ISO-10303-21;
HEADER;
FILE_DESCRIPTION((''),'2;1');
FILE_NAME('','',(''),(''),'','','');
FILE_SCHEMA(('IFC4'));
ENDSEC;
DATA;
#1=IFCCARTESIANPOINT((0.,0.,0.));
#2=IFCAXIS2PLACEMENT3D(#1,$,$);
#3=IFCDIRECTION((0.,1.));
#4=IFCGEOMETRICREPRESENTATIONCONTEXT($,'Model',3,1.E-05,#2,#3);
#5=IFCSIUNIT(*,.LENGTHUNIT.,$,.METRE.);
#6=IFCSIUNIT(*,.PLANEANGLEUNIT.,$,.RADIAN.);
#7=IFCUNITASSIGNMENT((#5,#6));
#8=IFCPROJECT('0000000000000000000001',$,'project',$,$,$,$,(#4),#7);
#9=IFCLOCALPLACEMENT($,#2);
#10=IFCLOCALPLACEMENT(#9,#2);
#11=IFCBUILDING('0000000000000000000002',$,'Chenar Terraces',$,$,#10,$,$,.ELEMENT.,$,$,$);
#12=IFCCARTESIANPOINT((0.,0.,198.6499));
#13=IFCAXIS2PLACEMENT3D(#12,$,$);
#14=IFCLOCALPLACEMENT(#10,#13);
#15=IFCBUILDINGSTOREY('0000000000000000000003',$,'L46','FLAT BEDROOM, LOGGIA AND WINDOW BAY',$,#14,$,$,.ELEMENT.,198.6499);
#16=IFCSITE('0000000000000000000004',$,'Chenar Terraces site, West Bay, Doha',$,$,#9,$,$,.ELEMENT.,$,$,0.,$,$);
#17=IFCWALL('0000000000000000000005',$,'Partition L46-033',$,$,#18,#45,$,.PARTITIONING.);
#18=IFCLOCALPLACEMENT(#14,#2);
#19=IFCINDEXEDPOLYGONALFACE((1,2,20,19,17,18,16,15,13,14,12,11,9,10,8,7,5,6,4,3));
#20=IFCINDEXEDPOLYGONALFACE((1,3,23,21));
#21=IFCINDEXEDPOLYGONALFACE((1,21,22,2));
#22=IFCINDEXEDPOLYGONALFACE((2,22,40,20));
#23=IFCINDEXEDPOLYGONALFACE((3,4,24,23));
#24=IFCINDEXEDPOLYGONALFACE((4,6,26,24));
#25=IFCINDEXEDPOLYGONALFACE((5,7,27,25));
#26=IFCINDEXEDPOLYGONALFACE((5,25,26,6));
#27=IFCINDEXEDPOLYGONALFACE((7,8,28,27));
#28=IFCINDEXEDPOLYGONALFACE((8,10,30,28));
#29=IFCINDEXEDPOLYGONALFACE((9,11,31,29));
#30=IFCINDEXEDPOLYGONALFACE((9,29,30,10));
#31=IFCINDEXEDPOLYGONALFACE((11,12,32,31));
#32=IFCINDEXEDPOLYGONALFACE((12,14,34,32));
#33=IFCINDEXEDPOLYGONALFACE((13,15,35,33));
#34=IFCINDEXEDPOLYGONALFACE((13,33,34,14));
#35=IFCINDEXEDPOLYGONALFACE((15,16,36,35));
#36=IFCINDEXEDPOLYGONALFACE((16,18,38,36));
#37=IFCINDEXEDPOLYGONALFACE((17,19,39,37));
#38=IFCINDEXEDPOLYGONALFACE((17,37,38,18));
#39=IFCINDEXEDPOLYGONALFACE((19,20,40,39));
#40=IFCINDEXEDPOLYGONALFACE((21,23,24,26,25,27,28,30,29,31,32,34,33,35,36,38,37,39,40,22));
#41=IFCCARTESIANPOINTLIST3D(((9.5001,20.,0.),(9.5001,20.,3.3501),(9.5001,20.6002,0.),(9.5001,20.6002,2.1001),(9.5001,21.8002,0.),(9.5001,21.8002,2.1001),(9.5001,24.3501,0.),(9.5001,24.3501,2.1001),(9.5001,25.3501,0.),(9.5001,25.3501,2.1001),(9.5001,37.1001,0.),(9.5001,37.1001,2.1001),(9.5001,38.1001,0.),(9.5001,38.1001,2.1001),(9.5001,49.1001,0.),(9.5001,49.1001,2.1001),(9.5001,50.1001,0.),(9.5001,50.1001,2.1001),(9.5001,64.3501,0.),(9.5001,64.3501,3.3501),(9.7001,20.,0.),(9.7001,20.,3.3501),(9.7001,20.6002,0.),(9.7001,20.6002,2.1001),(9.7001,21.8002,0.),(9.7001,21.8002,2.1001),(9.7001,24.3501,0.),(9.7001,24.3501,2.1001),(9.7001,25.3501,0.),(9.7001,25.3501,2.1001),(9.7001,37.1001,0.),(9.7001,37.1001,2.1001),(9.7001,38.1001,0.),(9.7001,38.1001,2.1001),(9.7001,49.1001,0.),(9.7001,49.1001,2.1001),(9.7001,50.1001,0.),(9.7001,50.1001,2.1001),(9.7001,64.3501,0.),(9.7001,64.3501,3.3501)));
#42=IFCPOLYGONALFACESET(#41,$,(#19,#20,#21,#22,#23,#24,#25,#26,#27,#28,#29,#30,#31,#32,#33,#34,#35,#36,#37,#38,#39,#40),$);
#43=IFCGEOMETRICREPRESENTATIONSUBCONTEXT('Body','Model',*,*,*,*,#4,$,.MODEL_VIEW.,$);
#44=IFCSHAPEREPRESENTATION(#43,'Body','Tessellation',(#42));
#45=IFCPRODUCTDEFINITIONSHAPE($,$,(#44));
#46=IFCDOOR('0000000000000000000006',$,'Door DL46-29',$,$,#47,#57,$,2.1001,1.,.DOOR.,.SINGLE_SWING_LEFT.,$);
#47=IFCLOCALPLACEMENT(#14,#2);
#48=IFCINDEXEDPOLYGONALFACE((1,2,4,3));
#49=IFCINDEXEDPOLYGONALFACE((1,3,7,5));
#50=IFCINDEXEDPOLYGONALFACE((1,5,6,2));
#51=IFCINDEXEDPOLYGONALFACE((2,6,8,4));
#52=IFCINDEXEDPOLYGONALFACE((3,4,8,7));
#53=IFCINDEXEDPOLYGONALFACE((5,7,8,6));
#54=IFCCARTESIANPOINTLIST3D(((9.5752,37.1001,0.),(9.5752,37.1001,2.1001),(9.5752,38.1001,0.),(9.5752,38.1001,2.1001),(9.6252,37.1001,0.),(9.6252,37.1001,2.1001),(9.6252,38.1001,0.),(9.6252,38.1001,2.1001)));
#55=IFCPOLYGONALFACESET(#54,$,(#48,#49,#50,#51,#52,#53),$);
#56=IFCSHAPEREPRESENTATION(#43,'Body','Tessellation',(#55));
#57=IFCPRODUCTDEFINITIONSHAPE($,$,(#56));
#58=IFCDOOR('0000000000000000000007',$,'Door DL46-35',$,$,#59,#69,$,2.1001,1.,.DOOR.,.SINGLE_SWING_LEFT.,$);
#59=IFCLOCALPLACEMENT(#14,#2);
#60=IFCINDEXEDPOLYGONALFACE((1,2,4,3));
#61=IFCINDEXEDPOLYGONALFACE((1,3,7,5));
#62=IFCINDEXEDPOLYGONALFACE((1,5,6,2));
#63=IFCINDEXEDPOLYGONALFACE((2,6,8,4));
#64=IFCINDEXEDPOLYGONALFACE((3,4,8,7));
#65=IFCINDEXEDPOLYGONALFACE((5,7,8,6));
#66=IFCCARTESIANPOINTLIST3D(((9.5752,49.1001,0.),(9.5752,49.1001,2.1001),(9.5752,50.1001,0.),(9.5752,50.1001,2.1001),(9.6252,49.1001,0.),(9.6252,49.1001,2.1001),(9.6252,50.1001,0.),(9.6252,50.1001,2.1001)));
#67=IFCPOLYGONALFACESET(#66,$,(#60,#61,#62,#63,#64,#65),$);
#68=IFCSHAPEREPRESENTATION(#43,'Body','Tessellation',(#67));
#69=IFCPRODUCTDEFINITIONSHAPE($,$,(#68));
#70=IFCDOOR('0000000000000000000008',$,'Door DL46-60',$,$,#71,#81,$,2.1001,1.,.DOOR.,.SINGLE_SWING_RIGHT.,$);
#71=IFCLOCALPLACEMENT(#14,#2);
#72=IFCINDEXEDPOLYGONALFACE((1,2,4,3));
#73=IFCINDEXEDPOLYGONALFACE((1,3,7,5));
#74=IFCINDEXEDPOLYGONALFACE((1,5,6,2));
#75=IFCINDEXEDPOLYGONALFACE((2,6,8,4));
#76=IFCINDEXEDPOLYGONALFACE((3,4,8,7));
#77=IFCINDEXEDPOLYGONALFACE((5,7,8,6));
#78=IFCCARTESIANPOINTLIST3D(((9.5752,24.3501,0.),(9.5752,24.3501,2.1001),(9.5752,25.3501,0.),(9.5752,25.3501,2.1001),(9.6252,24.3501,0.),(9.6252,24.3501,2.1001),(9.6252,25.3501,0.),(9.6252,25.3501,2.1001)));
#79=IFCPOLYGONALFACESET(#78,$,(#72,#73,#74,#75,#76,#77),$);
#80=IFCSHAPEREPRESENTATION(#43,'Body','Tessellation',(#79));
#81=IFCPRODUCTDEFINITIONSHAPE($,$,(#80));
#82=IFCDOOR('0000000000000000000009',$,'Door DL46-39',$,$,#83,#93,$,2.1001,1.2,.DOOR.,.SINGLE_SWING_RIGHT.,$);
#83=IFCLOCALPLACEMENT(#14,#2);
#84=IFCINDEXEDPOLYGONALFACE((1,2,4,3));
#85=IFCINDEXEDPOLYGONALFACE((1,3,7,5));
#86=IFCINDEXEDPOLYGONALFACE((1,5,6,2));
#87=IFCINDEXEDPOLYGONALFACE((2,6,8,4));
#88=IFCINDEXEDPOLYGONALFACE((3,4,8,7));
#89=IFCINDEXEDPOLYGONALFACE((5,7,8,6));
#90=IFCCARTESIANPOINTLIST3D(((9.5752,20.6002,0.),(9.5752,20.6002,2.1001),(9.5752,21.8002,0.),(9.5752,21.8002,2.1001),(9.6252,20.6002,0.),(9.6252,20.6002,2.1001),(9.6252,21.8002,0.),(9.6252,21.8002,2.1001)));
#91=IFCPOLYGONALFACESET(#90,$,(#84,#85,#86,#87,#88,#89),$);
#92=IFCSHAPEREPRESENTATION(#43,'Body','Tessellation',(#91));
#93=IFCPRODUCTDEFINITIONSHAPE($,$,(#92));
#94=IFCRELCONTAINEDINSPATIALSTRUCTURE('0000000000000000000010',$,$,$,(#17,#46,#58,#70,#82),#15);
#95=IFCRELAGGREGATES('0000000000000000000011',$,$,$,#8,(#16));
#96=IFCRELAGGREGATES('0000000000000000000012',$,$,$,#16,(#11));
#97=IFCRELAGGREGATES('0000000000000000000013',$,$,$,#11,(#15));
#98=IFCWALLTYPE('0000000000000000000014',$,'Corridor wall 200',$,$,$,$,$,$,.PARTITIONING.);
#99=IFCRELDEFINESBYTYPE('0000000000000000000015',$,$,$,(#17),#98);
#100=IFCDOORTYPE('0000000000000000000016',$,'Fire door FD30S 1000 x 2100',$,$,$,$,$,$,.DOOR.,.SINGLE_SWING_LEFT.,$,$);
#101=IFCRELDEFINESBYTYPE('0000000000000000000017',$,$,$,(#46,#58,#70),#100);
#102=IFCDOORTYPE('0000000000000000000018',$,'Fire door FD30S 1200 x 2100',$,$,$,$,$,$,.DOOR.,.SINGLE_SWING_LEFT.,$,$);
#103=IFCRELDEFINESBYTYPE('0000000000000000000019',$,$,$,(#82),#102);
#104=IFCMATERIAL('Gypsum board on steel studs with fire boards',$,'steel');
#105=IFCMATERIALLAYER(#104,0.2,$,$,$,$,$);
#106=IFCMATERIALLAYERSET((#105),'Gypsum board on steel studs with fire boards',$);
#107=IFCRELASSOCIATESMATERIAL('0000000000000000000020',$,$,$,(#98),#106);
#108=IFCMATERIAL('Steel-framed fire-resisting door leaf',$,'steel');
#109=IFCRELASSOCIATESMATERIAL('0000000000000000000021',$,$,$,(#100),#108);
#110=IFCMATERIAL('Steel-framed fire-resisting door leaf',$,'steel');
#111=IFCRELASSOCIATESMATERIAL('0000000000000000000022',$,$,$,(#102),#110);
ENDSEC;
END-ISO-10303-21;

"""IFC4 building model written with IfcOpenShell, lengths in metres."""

from ifc_helpers import new_model, si_unit, direction, frame, frame_2d, origin, place, context, subcontext, project, spatial, rectangle, extrude, material, layer, layer_set, type_object, element, fill, save


model = new_model("IFC4")

# Units and contexts
model_context = context("Model", 3, precision=1e-05, world=origin(), true_north=direction((0.0, 1.0)))
body_context = subcontext(model_context, "Body", "Model", "MODEL_VIEW")
ifc_project = project(units=[si_unit("LENGTHUNIT", "METRE"), si_unit("PLANEANGLEUNIT", "RADIAN")], contexts=[model_context])

# Site, building, storey
site_placement = place(None, origin())
site = spatial("IfcSite", under=ifc_project, at=site_placement, Name="Chenar Terraces site, West Bay, Doha", CompositionType="ELEMENT", RefElevation=0.0)
building_placement = place(site_placement, origin())
building = spatial("IfcBuilding", under=site, at=building_placement, Name="Chenar Terraces", CompositionType="ELEMENT")
storey_placement = place(building_placement, frame((0.0, 0.0, 198.6499)))
storey = spatial("IfcBuildingStorey", under=building, at=storey_placement, Name="L46", Description="FLAT BEDROOM, LOGGIA AND WINDOW BAY", CompositionType="ELEMENT", Elevation=198.6499)

# Wall, openings, doors
ifc_material_1 = material(Name="Gypsum board on steel studs with fire boards", Category="steel")
ifc_layer_1 = layer(ifc_material_1, 0.2)
ifc_layer_set_1 = layer_set([ifc_layer_1], Name="Gypsum board on steel studs with fire boards")
wall_type_1 = type_object("IfcWallType", Name="Corridor wall 200", PredefinedType="PARTITIONING", material=ifc_layer_set_1)
wall_1_placement = place(storey_placement, frame((9.6001, 20.0, 0.0), z_axis=(0.0, 0.0, 1.0), x_axis=(0.0, 1.0, 0.0)))
wall_1 = element("IfcWall", 1, at=wall_1_placement, inside=storey, type_object=wall_type_1, Name="Partition L46-033", PredefinedType="PARTITIONING", context=body_context, shape_type="SweptSolid", body=[
    extrude(rectangle(XDim=44.3501, YDim=0.2, at=frame_2d((22.175, 0.0))), origin(), (0.0, 0.0, 1.0), 3.3501),
])
opening_1_placement = place(wall_1_placement, frame((17.1001, 0.0, 0.0)))
opening_1 = element("IfcOpeningElement", 2, at=opening_1_placement, cuts=wall_1, PredefinedType="OPENING", context=body_context, shape_type="SweptSolid", body=[
    extrude(rectangle(XDim=1.0, YDim=2.1001, at=frame_2d((0.5, 1.05))), frame((0.0, 0.1099, 0.0), z_axis=(0.0, -1.0, 0.0), x_axis=(1.0, 0.0, 0.0)), (0.0, 0.0, 1.0), 0.22),
])
opening_2_placement = place(wall_1_placement, frame((29.1001, 0.0, 0.0)))
opening_2 = element("IfcOpeningElement", 3, at=opening_2_placement, cuts=wall_1, PredefinedType="OPENING", context=body_context, shape_type="SweptSolid", body=[
    extrude(rectangle(XDim=1.0, YDim=2.1001, at=frame_2d((0.5, 1.05))), frame((0.0, 0.1099, 0.0), z_axis=(0.0, -1.0, 0.0), x_axis=(1.0, 0.0, 0.0)), (0.0, 0.0, 1.0), 0.22),
])
opening_3_placement = place(wall_1_placement, frame((0.6001, 0.0, 0.0)))
opening_3 = element("IfcOpeningElement", 4, at=opening_3_placement, cuts=wall_1, PredefinedType="OPENING", context=body_context, shape_type="SweptSolid", body=[
    extrude(rectangle(XDim=1.2, YDim=2.1001, at=frame_2d((0.6001, 1.05))), frame((0.0, 0.1099, 0.0), z_axis=(0.0, -1.0, 0.0), x_axis=(1.0, 0.0, 0.0)), (0.0, 0.0, 1.0), 0.22),
])
opening_4_placement = place(wall_1_placement, frame((4.3501, 0.0, 0.0)))
opening_4 = element("IfcOpeningElement", 5, at=opening_4_placement, cuts=wall_1, PredefinedType="OPENING", context=body_context, shape_type="SweptSolid", body=[
    extrude(rectangle(XDim=1.0, YDim=2.1001, at=frame_2d((0.5, 1.05))), frame((0.0, 0.1099, 0.0), z_axis=(0.0, -1.0, 0.0), x_axis=(1.0, 0.0, 0.0)), (0.0, 0.0, 1.0), 0.22),
])
ifc_material_2 = material(Name="Steel-framed fire-resisting door leaf", Category="steel")
door_type_1 = type_object("IfcDoorType", Name="Fire door FD30S 1000 x 2100", OperationType="SINGLE_SWING_LEFT", PredefinedType="DOOR", material=ifc_material_2)
door_1_placement = place(opening_1_placement, origin())
door_1 = element("IfcDoor", 6, at=door_1_placement, inside=storey, type_object=door_type_1, Name="Door DL46-29", OperationType="SINGLE_SWING_LEFT", OverallHeight=2.1001, OverallWidth=1.0, PredefinedType="DOOR", context=body_context, shape_type="SweptSolid", body=[
    extrude(rectangle(XDim=1.0, YDim=2.1001, at=frame_2d((0.5, 1.05))), frame((0.0, 0.0249, 0.0), z_axis=(0.0, -1.0, 0.0), x_axis=(1.0, 0.0, 0.0)), (0.0, 0.0, 1.0), 0.05),
])
fill(opening_1, door_1)
door_2_placement = place(opening_2_placement, origin())
door_2 = element("IfcDoor", 7, at=door_2_placement, inside=storey, type_object=door_type_1, Name="Door DL46-35", OperationType="SINGLE_SWING_LEFT", OverallHeight=2.1001, OverallWidth=1.0, PredefinedType="DOOR", context=body_context, shape_type="SweptSolid", body=[
    extrude(rectangle(XDim=1.0, YDim=2.1001, at=frame_2d((0.5, 1.05))), frame((0.0, 0.0249, 0.0), z_axis=(0.0, -1.0, 0.0), x_axis=(1.0, 0.0, 0.0)), (0.0, 0.0, 1.0), 0.05),
])
fill(opening_2, door_2)
door_3_placement = place(opening_4_placement, origin())
door_3 = element("IfcDoor", 8, at=door_3_placement, inside=storey, type_object=door_type_1, Name="Door DL46-60", OperationType="SINGLE_SWING_RIGHT", OverallHeight=2.1001, OverallWidth=1.0, PredefinedType="DOOR", context=body_context, shape_type="SweptSolid", body=[
    extrude(rectangle(XDim=1.0, YDim=2.1001, at=frame_2d((0.5, 1.05))), frame((0.0, 0.0249, 0.0), z_axis=(0.0, -1.0, 0.0), x_axis=(1.0, 0.0, 0.0)), (0.0, 0.0, 1.0), 0.05),
])
fill(opening_4, door_3)
ifc_material_3 = material(Name="Steel-framed fire-resisting door leaf", Category="steel")
door_type_2 = type_object("IfcDoorType", Name="Fire door FD30S 1200 x 2100", OperationType="SINGLE_SWING_LEFT", PredefinedType="DOOR", material=ifc_material_3)
door_4_placement = place(opening_3_placement, origin())
door_4 = element("IfcDoor", 9, at=door_4_placement, inside=storey, type_object=door_type_2, Name="Door DL46-39", OperationType="SINGLE_SWING_RIGHT", OverallHeight=2.1001, OverallWidth=1.2, PredefinedType="DOOR", context=body_context, shape_type="SweptSolid", body=[
    extrude(rectangle(XDim=1.2, YDim=2.1001, at=frame_2d((0.6001, 1.05))), frame((0.0, 0.0249, 0.0), z_axis=(0.0, -1.0, 0.0), x_axis=(1.0, 0.0, 0.0)), (0.0, 0.0, 1.0), 0.05),
])
fill(opening_3, door_4)

save(model, "model.ifc")
